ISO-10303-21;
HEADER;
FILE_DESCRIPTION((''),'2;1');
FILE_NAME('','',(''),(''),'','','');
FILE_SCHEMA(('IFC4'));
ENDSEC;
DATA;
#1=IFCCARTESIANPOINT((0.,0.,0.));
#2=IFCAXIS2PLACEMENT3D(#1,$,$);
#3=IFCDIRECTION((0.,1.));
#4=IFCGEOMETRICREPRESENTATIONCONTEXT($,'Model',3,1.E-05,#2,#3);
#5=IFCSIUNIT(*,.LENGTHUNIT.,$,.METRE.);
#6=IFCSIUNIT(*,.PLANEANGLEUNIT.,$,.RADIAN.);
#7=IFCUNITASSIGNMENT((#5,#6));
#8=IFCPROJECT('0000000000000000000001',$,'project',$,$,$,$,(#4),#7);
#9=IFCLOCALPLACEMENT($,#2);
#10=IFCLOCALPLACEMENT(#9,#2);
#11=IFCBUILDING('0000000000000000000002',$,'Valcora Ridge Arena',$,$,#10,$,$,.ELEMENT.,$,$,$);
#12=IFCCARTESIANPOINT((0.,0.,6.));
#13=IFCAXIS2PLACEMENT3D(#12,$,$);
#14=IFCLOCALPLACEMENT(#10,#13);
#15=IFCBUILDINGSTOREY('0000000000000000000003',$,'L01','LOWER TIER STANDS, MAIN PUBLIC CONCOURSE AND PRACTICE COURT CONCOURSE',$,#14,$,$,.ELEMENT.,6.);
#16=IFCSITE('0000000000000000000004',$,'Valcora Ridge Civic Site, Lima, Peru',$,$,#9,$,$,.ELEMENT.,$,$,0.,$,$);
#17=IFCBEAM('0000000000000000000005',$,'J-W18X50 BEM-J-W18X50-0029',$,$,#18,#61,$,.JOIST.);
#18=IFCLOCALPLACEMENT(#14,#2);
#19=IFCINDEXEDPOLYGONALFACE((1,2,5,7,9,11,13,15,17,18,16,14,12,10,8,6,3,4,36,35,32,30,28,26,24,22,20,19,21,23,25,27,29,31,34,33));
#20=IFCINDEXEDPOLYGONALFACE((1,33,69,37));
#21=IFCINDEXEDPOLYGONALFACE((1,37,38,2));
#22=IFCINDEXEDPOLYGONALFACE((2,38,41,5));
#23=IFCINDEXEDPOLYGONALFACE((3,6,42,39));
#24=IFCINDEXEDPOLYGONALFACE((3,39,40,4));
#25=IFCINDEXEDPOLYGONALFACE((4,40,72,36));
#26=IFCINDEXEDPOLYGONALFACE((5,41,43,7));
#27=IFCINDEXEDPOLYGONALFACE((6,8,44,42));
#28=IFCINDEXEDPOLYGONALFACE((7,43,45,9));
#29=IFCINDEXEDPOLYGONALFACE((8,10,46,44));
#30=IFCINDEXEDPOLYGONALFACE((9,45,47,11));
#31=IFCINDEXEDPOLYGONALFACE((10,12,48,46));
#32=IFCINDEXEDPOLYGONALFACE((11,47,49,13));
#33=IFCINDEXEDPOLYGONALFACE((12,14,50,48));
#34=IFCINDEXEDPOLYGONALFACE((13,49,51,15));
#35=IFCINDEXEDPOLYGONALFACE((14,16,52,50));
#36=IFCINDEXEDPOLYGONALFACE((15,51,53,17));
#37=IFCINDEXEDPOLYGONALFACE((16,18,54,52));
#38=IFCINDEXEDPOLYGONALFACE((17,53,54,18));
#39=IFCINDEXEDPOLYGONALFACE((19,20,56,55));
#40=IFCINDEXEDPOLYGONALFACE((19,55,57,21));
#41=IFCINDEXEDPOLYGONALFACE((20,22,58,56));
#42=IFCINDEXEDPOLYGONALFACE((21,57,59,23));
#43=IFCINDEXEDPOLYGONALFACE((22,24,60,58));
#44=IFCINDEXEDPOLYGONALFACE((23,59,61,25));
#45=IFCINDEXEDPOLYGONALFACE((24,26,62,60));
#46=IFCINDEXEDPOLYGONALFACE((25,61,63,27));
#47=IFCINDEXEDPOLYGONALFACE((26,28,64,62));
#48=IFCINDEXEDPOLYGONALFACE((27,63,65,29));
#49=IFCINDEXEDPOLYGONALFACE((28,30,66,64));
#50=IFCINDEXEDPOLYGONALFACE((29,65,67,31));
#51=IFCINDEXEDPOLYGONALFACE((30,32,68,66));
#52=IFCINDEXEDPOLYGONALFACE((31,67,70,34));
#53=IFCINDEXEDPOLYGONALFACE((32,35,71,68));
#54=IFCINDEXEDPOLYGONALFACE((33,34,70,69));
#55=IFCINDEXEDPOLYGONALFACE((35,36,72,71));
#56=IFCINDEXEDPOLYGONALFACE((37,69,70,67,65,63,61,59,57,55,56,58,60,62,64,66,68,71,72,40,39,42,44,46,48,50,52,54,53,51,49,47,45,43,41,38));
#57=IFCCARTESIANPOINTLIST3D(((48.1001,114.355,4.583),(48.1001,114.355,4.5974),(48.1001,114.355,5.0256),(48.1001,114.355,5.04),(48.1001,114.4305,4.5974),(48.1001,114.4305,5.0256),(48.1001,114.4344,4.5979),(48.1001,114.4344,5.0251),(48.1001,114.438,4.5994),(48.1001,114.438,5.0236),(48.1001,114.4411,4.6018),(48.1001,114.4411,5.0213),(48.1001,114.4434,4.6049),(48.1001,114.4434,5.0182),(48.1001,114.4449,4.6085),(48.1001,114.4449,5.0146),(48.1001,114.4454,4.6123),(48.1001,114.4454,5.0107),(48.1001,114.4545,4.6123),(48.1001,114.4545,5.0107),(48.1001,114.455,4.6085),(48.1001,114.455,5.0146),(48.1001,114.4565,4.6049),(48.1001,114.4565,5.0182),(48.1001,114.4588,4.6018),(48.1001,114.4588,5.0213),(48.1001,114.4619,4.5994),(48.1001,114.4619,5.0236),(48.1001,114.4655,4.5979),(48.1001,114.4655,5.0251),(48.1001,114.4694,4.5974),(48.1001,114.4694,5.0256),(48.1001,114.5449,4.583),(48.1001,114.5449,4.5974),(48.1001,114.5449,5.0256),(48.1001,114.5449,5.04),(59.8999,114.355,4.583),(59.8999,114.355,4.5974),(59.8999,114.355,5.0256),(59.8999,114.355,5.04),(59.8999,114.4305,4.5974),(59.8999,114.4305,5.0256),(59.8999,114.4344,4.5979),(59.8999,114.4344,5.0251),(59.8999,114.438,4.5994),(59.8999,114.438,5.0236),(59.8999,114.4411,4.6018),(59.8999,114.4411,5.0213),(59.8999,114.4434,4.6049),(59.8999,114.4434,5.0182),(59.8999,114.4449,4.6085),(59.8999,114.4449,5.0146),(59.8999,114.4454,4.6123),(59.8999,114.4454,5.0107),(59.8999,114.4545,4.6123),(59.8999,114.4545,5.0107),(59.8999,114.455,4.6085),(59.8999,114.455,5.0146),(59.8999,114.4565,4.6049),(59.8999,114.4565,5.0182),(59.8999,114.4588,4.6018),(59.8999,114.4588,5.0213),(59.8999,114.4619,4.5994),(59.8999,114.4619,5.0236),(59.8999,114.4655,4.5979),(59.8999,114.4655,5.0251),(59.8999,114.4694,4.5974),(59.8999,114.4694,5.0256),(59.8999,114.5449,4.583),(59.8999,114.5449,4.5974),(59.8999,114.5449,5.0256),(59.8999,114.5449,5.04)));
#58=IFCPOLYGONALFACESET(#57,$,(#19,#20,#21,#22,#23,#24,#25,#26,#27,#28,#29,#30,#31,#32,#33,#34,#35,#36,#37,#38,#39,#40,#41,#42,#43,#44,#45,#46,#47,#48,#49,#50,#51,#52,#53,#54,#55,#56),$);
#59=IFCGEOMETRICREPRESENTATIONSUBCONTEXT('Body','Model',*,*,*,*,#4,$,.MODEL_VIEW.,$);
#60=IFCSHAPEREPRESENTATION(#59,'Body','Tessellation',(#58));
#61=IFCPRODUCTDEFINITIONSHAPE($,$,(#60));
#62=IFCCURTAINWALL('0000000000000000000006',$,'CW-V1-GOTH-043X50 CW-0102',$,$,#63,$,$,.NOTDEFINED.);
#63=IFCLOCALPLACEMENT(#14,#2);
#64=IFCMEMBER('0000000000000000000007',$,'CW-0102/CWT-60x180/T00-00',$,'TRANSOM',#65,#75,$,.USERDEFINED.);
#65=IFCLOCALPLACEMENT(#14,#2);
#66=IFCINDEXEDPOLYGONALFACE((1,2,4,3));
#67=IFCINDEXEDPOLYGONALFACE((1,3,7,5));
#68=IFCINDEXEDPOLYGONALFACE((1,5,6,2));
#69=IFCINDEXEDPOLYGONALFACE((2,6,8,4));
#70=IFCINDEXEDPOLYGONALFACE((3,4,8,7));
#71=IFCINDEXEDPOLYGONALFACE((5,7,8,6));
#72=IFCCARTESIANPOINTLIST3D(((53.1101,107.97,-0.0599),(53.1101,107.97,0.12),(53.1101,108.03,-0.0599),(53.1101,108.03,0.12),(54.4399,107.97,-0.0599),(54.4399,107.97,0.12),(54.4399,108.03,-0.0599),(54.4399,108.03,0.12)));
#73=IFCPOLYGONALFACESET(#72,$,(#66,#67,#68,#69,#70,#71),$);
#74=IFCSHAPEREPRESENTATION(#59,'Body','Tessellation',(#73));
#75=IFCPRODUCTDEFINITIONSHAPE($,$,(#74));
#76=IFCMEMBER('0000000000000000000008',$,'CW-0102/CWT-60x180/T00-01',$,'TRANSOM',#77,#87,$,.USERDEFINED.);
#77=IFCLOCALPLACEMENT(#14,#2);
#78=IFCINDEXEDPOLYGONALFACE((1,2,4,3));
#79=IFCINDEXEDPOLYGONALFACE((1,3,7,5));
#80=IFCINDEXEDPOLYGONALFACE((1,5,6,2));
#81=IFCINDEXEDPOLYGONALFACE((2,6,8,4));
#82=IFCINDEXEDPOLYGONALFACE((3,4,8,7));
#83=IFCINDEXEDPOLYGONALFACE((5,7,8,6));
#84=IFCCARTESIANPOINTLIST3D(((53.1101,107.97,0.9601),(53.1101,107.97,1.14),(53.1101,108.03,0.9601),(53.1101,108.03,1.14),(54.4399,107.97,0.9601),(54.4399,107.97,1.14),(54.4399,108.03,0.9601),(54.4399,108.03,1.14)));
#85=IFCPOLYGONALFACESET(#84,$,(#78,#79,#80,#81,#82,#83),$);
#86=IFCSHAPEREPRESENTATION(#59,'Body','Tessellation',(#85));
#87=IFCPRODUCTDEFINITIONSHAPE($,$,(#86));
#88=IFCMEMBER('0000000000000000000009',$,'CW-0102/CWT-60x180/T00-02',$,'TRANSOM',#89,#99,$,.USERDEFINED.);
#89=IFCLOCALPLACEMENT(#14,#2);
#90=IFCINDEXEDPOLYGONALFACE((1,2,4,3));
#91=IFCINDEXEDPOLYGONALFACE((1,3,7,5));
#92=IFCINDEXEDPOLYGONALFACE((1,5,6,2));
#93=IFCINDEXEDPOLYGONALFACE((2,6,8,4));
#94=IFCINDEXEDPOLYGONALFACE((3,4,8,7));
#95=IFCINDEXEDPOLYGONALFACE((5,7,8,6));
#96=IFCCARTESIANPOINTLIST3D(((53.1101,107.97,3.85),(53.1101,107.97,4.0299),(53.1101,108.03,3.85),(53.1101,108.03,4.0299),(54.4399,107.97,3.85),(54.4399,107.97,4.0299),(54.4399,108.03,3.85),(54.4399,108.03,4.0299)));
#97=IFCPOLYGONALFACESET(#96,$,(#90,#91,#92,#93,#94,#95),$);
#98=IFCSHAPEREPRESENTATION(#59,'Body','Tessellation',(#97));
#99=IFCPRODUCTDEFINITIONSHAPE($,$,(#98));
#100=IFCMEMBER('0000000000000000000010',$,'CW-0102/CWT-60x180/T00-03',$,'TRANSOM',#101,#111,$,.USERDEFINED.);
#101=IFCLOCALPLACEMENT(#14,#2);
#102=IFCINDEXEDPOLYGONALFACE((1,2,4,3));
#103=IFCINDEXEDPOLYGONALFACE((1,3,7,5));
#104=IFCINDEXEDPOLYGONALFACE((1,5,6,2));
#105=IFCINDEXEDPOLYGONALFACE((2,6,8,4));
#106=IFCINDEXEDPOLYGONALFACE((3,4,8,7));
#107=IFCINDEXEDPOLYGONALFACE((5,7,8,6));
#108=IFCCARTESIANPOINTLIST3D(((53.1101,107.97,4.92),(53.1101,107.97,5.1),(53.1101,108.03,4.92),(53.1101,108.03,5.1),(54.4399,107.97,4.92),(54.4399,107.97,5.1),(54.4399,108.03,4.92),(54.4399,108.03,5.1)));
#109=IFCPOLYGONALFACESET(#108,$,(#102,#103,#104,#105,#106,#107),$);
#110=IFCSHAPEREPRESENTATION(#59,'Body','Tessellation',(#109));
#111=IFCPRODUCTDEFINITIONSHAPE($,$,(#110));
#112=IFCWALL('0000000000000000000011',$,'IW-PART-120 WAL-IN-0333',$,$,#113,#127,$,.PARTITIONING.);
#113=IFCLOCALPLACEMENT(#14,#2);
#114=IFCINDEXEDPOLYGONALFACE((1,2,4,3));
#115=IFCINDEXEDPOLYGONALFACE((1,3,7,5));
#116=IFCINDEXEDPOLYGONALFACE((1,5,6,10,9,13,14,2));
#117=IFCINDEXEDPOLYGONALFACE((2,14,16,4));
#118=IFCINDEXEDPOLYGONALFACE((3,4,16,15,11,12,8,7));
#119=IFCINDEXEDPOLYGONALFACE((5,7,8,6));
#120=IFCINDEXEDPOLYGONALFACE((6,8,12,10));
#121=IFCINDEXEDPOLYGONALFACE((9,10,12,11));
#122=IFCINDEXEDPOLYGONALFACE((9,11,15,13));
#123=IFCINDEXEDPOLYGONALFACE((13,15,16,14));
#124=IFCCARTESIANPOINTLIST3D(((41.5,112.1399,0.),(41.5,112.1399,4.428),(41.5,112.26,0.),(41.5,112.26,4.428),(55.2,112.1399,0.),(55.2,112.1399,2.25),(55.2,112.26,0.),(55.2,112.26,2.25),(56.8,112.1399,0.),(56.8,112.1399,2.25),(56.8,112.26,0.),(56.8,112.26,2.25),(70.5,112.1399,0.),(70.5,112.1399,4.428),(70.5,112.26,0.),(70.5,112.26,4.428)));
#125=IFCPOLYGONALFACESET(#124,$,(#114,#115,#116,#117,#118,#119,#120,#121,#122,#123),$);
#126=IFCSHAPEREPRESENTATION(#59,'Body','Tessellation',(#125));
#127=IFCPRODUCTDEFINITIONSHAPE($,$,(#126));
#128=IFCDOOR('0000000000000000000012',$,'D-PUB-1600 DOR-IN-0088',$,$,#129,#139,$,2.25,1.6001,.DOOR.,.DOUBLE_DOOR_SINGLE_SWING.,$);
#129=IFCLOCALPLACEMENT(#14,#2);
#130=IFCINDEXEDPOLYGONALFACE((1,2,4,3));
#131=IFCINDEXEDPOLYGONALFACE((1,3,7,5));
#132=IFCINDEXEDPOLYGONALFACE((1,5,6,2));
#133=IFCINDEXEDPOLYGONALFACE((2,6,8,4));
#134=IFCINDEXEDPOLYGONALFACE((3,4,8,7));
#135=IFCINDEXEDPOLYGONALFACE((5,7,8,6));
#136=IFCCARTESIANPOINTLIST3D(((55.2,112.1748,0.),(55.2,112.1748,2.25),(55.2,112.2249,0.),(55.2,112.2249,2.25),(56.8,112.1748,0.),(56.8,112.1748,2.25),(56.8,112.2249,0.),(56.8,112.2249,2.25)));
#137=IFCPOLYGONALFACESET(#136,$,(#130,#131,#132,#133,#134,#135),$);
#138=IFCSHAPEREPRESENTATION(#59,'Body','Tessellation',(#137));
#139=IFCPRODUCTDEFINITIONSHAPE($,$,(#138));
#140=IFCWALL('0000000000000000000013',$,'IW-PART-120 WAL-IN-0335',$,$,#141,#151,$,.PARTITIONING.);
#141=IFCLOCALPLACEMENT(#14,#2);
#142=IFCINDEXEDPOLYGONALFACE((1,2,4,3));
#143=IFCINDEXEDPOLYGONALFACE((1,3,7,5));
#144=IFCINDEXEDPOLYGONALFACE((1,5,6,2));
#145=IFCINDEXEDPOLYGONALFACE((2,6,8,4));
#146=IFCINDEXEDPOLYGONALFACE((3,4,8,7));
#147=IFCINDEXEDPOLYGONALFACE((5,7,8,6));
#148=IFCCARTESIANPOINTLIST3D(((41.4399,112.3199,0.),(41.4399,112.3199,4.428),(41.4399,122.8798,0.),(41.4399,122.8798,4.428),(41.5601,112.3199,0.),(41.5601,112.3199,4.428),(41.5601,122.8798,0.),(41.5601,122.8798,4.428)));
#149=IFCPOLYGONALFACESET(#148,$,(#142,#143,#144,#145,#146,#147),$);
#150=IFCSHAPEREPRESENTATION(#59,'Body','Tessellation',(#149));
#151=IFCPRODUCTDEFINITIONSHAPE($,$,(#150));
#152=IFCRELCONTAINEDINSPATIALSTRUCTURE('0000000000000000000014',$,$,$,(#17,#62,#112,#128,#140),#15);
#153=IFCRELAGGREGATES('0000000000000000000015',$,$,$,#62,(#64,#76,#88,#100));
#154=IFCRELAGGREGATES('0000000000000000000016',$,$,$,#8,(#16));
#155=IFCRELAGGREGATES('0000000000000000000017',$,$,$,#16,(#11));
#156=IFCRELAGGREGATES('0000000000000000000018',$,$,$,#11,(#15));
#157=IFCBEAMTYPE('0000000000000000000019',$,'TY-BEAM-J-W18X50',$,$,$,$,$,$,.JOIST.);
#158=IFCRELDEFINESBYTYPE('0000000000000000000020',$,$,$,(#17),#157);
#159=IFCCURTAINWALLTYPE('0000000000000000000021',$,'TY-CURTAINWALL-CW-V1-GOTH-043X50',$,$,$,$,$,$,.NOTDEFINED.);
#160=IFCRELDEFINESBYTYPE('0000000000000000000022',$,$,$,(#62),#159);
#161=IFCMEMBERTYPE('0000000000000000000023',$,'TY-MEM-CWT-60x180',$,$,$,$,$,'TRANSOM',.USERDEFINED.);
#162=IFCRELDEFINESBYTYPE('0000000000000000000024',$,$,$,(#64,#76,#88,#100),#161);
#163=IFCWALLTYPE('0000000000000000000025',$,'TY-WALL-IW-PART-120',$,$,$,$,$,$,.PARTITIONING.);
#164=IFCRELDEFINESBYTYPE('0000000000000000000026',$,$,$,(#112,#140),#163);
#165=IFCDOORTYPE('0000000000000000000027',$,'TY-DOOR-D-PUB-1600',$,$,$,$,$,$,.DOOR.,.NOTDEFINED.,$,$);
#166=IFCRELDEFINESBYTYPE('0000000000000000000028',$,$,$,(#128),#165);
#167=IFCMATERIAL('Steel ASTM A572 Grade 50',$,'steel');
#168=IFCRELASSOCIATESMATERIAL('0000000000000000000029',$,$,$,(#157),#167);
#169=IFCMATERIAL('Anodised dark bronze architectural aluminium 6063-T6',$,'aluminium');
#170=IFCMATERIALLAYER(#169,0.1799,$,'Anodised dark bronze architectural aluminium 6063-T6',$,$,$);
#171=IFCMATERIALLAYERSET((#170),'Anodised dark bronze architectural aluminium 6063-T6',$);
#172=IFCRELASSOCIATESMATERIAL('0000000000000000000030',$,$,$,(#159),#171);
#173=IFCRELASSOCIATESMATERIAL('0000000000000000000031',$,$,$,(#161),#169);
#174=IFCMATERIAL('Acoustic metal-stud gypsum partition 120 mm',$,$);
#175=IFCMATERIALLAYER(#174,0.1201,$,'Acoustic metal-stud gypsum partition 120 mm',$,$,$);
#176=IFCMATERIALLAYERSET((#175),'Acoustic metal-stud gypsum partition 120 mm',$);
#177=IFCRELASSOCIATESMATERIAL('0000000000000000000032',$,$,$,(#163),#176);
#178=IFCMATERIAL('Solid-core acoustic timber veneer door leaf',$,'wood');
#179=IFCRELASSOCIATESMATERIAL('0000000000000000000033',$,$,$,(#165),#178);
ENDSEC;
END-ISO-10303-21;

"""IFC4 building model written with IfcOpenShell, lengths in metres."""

from ifc_helpers import new_model, si_unit, direction, frame, frame_2d, origin, origin_2d, place, context, subcontext, project, spatial, rectangle, i_section, extrude, material, layer, layer_set, material_profile, profile_set, type_object, element, fill, aggregate, save


model = new_model("IFC4")

# Units and contexts
model_context = context("Model", 3, precision=1e-05, world=origin(), true_north=direction((0.0, 1.0)))
body_context = subcontext(model_context, "Body", "Model", "MODEL_VIEW")
ifc_project = project(units=[si_unit("LENGTHUNIT", "METRE"), si_unit("PLANEANGLEUNIT", "RADIAN")], contexts=[model_context])

# Site, building, storey
site_placement = place(None, origin())
site = spatial("IfcSite", under=ifc_project, at=site_placement, Name="Valcora Ridge Civic Site, Lima, Peru", CompositionType="ELEMENT", RefElevation=0.0)
building_placement = place(site_placement, origin())
building = spatial("IfcBuilding", under=site, at=building_placement, Name="Valcora Ridge Arena", CompositionType="ELEMENT")
storey_placement = place(building_placement, frame((0.0, 0.0, 6.0)))
storey = spatial("IfcBuildingStorey", under=building, at=storey_placement, Name="L01", Description="LOWER TIER STANDS, MAIN PUBLIC CONCOURSE AND PRACTICE COURT CONCOURSE", CompositionType="ELEMENT", Elevation=6.0)

# Beam
ifc_material_1 = material(Name="Steel ASTM A572 Grade 50", Category="steel")
ifc_material_profile_1 = material_profile(ifc_material_1, i_section(OverallWidth=0.1899, OverallDepth=0.457, WebThickness=0.009, FlangeThickness=0.0144, FilletRadius=0.0149, at=origin_2d()), Name="W18X50")
ifc_profile_set_1 = profile_set([ifc_material_profile_1], Name="Steel ASTM A572 Grade 50")
beam_type_1 = type_object("IfcBeamType", Name="TY-BEAM-J-W18X50", PredefinedType="JOIST", material=ifc_profile_set_1)
for number, where, z_axis, x_axis, name in (
    (1, (48.1001, 114.45, 4.8115), (1.0, 0.0, 0.0), (0.0, 1.0, 0.0), "J-W18X50 BEM-J-W18X50-0029"),
):
    element("IfcBeam", number, at=place(storey_placement, frame(where, z_axis=z_axis, x_axis=x_axis)), inside=storey, type_object=beam_type_1, Name=name, PredefinedType="JOIST", context=body_context, shape_type="SweptSolid", body=[
        extrude(i_section(OverallWidth=0.1899, OverallDepth=0.457, WebThickness=0.009, FlangeThickness=0.0144, FilletRadius=0.0149, at=origin_2d()), origin(), (0.0, 0.0, 1.0), 11.7998),
    ])

# Curtain wall, members
ifc_material_2 = material(Name="Anodised dark bronze architectural aluminium 6063-T6", Category="aluminium")
ifc_layer_1 = layer(ifc_material_2, 0.1799, Name="Anodised dark bronze architectural aluminium 6063-T6")
ifc_layer_set_1 = layer_set([ifc_layer_1], Name="Anodised dark bronze architectural aluminium 6063-T6")
curtain_wall_type = type_object("IfcCurtainWallType", Name="TY-CURTAINWALL-CW-V1-GOTH-043X50", PredefinedType="NOTDEFINED", material=ifc_layer_set_1)
curtain_wall_placement = place(storey_placement, origin())
curtain_wall = element("IfcCurtainWall", 2, at=curtain_wall_placement, inside=storey, type_object=curtain_wall_type, Name="CW-V1-GOTH-043X50 CW-0102", PredefinedType="NOTDEFINED")
ifc_material_profile_2 = material_profile(ifc_material_2, rectangle(XDim=0.0601, YDim=0.1799, at=origin_2d()), Name="ALU TRANSOM 60x180")
ifc_profile_set_2 = profile_set([ifc_material_profile_2], Name="Anodised dark bronze architectural aluminium 6063-T6")
member_type = type_object("IfcMemberType", Name="TY-MEM-CWT-60x180", ElementType="TRANSOM", PredefinedType="USERDEFINED", material=ifc_profile_set_2)
member_1_placement = place(storey_placement, frame((53.1101, 108.0, 0.03), z_axis=(1.0, 0.0, 0.0), x_axis=(0.0, 1.0, 0.0)))
member_1 = element("IfcMember", 3, at=member_1_placement, type_object=member_type, Name="CW-0102/CWT-60x180/T00-00", ObjectType="TRANSOM", PredefinedType="USERDEFINED", context=body_context, shape_type="SweptSolid", body=[
    extrude(rectangle(XDim=0.0601, YDim=0.1799, at=origin_2d()), origin(), (0.0, 0.0, 1.0), 1.3298),
])
member_2_placement = place(storey_placement, frame((53.1101, 108.0, 1.05), z_axis=(1.0, 0.0, 0.0), x_axis=(0.0, 1.0, 0.0)))
member_2 = element("IfcMember", 4, at=member_2_placement, type_object=member_type, Name="CW-0102/CWT-60x180/T00-01", ObjectType="TRANSOM", PredefinedType="USERDEFINED", context=body_context, shape_type="SweptSolid", body=[
    extrude(rectangle(XDim=0.0601, YDim=0.1799, at=origin_2d()), origin(), (0.0, 0.0, 1.0), 1.3298),
])
member_3_placement = place(storey_placement, frame((53.1101, 108.0, 3.9399), z_axis=(1.0, 0.0, 0.0), x_axis=(0.0, 1.0, 0.0)))
member_3 = element("IfcMember", 5, at=member_3_placement, type_object=member_type, Name="CW-0102/CWT-60x180/T00-02", ObjectType="TRANSOM", PredefinedType="USERDEFINED", context=body_context, shape_type="SweptSolid", body=[
    extrude(rectangle(XDim=0.0601, YDim=0.1799, at=origin_2d()), origin(), (0.0, 0.0, 1.0), 1.3298),
])
member_4_placement = place(storey_placement, frame((53.1101, 108.0, 5.01), z_axis=(1.0, 0.0, 0.0), x_axis=(0.0, 1.0, 0.0)))
member_4 = element("IfcMember", 6, at=member_4_placement, type_object=member_type, Name="CW-0102/CWT-60x180/T00-03", ObjectType="TRANSOM", PredefinedType="USERDEFINED", context=body_context, shape_type="SweptSolid", body=[
    extrude(rectangle(XDim=0.0601, YDim=0.1799, at=origin_2d()), origin(), (0.0, 0.0, 1.0), 1.3298),
])
aggregate(curtain_wall, [member_1, member_2, member_3, member_4])

# Wall, opening, door
ifc_material_3 = material(Name="Acoustic metal-stud gypsum partition 120 mm")
ifc_layer_2 = layer(ifc_material_3, 0.1201, Name="Acoustic metal-stud gypsum partition 120 mm")
ifc_layer_set_2 = layer_set([ifc_layer_2], Name="Acoustic metal-stud gypsum partition 120 mm")
wall_type_1 = type_object("IfcWallType", Name="TY-WALL-IW-PART-120", PredefinedType="PARTITIONING", material=ifc_layer_set_2)
wall_1_placement = place(storey_placement, frame((41.5, 112.2, 0.0), z_axis=(0.0, 0.0, 1.0), x_axis=(1.0, 0.0, 0.0)))
wall_1 = element("IfcWall", 7, at=wall_1_placement, inside=storey, type_object=wall_type_1, Name="IW-PART-120 WAL-IN-0333", PredefinedType="PARTITIONING", context=body_context, shape_type="SweptSolid", body=[
    extrude(rectangle(XDim=29.0, YDim=0.1201, at=frame_2d((14.5, 0.0))), origin(), (0.0, 0.0, 1.0), 4.428),
])
opening_1_placement = place(wall_1_placement, frame((13.7, 0.0, 0.0)))
opening_1 = element("IfcOpeningElement", 8, at=opening_1_placement, cuts=wall_1, PredefinedType="OPENING", context=body_context, shape_type="SweptSolid", body=[
    extrude(rectangle(XDim=1.6001, YDim=2.25, at=frame_2d((0.8, 1.125))), frame((0.0, 0.0701, 0.0), z_axis=(0.0, -1.0, 0.0), x_axis=(1.0, 0.0, 0.0)), (0.0, 0.0, 1.0), 0.1401),
])
ifc_material_4 = material(Name="Solid-core acoustic timber veneer door leaf", Category="wood")
door_type = type_object("IfcDoorType", Name="TY-DOOR-D-PUB-1600", OperationType="NOTDEFINED", PredefinedType="DOOR", material=ifc_material_4)
door_placement = place(opening_1_placement, origin())
door = element("IfcDoor", 9, at=door_placement, inside=storey, type_object=door_type, Name="D-PUB-1600 DOR-IN-0088", OperationType="DOUBLE_DOOR_SINGLE_SWING", OverallHeight=2.25, OverallWidth=1.6001, PredefinedType="DOOR", context=body_context, shape_type="SweptSolid", body=[
    extrude(rectangle(XDim=1.6001, YDim=2.25, at=frame_2d((0.8, 1.125))), frame((0.0, 0.0249, 0.0), z_axis=(0.0, -1.0, 0.0), x_axis=(1.0, 0.0, 0.0)), (0.0, 0.0, 1.0), 0.05),
])
fill(opening_1, door)

# Wall
wall_2_placement = place(storey_placement, frame((41.5, 112.3201, 0.0), z_axis=(0.0, 0.0, 1.0), x_axis=(0.0, 1.0, 0.0)))
element("IfcWall", 10, at=wall_2_placement, inside=storey, type_object=wall_type_1, Name="IW-PART-120 WAL-IN-0335", PredefinedType="PARTITIONING", context=body_context, shape_type="SweptSolid", body=[
    extrude(rectangle(XDim=10.5598, YDim=0.1201, at=frame_2d((5.2798, 0.0))), origin(), (0.0, 0.0, 1.0), 4.428),
])

save(model, "model.ifc")
